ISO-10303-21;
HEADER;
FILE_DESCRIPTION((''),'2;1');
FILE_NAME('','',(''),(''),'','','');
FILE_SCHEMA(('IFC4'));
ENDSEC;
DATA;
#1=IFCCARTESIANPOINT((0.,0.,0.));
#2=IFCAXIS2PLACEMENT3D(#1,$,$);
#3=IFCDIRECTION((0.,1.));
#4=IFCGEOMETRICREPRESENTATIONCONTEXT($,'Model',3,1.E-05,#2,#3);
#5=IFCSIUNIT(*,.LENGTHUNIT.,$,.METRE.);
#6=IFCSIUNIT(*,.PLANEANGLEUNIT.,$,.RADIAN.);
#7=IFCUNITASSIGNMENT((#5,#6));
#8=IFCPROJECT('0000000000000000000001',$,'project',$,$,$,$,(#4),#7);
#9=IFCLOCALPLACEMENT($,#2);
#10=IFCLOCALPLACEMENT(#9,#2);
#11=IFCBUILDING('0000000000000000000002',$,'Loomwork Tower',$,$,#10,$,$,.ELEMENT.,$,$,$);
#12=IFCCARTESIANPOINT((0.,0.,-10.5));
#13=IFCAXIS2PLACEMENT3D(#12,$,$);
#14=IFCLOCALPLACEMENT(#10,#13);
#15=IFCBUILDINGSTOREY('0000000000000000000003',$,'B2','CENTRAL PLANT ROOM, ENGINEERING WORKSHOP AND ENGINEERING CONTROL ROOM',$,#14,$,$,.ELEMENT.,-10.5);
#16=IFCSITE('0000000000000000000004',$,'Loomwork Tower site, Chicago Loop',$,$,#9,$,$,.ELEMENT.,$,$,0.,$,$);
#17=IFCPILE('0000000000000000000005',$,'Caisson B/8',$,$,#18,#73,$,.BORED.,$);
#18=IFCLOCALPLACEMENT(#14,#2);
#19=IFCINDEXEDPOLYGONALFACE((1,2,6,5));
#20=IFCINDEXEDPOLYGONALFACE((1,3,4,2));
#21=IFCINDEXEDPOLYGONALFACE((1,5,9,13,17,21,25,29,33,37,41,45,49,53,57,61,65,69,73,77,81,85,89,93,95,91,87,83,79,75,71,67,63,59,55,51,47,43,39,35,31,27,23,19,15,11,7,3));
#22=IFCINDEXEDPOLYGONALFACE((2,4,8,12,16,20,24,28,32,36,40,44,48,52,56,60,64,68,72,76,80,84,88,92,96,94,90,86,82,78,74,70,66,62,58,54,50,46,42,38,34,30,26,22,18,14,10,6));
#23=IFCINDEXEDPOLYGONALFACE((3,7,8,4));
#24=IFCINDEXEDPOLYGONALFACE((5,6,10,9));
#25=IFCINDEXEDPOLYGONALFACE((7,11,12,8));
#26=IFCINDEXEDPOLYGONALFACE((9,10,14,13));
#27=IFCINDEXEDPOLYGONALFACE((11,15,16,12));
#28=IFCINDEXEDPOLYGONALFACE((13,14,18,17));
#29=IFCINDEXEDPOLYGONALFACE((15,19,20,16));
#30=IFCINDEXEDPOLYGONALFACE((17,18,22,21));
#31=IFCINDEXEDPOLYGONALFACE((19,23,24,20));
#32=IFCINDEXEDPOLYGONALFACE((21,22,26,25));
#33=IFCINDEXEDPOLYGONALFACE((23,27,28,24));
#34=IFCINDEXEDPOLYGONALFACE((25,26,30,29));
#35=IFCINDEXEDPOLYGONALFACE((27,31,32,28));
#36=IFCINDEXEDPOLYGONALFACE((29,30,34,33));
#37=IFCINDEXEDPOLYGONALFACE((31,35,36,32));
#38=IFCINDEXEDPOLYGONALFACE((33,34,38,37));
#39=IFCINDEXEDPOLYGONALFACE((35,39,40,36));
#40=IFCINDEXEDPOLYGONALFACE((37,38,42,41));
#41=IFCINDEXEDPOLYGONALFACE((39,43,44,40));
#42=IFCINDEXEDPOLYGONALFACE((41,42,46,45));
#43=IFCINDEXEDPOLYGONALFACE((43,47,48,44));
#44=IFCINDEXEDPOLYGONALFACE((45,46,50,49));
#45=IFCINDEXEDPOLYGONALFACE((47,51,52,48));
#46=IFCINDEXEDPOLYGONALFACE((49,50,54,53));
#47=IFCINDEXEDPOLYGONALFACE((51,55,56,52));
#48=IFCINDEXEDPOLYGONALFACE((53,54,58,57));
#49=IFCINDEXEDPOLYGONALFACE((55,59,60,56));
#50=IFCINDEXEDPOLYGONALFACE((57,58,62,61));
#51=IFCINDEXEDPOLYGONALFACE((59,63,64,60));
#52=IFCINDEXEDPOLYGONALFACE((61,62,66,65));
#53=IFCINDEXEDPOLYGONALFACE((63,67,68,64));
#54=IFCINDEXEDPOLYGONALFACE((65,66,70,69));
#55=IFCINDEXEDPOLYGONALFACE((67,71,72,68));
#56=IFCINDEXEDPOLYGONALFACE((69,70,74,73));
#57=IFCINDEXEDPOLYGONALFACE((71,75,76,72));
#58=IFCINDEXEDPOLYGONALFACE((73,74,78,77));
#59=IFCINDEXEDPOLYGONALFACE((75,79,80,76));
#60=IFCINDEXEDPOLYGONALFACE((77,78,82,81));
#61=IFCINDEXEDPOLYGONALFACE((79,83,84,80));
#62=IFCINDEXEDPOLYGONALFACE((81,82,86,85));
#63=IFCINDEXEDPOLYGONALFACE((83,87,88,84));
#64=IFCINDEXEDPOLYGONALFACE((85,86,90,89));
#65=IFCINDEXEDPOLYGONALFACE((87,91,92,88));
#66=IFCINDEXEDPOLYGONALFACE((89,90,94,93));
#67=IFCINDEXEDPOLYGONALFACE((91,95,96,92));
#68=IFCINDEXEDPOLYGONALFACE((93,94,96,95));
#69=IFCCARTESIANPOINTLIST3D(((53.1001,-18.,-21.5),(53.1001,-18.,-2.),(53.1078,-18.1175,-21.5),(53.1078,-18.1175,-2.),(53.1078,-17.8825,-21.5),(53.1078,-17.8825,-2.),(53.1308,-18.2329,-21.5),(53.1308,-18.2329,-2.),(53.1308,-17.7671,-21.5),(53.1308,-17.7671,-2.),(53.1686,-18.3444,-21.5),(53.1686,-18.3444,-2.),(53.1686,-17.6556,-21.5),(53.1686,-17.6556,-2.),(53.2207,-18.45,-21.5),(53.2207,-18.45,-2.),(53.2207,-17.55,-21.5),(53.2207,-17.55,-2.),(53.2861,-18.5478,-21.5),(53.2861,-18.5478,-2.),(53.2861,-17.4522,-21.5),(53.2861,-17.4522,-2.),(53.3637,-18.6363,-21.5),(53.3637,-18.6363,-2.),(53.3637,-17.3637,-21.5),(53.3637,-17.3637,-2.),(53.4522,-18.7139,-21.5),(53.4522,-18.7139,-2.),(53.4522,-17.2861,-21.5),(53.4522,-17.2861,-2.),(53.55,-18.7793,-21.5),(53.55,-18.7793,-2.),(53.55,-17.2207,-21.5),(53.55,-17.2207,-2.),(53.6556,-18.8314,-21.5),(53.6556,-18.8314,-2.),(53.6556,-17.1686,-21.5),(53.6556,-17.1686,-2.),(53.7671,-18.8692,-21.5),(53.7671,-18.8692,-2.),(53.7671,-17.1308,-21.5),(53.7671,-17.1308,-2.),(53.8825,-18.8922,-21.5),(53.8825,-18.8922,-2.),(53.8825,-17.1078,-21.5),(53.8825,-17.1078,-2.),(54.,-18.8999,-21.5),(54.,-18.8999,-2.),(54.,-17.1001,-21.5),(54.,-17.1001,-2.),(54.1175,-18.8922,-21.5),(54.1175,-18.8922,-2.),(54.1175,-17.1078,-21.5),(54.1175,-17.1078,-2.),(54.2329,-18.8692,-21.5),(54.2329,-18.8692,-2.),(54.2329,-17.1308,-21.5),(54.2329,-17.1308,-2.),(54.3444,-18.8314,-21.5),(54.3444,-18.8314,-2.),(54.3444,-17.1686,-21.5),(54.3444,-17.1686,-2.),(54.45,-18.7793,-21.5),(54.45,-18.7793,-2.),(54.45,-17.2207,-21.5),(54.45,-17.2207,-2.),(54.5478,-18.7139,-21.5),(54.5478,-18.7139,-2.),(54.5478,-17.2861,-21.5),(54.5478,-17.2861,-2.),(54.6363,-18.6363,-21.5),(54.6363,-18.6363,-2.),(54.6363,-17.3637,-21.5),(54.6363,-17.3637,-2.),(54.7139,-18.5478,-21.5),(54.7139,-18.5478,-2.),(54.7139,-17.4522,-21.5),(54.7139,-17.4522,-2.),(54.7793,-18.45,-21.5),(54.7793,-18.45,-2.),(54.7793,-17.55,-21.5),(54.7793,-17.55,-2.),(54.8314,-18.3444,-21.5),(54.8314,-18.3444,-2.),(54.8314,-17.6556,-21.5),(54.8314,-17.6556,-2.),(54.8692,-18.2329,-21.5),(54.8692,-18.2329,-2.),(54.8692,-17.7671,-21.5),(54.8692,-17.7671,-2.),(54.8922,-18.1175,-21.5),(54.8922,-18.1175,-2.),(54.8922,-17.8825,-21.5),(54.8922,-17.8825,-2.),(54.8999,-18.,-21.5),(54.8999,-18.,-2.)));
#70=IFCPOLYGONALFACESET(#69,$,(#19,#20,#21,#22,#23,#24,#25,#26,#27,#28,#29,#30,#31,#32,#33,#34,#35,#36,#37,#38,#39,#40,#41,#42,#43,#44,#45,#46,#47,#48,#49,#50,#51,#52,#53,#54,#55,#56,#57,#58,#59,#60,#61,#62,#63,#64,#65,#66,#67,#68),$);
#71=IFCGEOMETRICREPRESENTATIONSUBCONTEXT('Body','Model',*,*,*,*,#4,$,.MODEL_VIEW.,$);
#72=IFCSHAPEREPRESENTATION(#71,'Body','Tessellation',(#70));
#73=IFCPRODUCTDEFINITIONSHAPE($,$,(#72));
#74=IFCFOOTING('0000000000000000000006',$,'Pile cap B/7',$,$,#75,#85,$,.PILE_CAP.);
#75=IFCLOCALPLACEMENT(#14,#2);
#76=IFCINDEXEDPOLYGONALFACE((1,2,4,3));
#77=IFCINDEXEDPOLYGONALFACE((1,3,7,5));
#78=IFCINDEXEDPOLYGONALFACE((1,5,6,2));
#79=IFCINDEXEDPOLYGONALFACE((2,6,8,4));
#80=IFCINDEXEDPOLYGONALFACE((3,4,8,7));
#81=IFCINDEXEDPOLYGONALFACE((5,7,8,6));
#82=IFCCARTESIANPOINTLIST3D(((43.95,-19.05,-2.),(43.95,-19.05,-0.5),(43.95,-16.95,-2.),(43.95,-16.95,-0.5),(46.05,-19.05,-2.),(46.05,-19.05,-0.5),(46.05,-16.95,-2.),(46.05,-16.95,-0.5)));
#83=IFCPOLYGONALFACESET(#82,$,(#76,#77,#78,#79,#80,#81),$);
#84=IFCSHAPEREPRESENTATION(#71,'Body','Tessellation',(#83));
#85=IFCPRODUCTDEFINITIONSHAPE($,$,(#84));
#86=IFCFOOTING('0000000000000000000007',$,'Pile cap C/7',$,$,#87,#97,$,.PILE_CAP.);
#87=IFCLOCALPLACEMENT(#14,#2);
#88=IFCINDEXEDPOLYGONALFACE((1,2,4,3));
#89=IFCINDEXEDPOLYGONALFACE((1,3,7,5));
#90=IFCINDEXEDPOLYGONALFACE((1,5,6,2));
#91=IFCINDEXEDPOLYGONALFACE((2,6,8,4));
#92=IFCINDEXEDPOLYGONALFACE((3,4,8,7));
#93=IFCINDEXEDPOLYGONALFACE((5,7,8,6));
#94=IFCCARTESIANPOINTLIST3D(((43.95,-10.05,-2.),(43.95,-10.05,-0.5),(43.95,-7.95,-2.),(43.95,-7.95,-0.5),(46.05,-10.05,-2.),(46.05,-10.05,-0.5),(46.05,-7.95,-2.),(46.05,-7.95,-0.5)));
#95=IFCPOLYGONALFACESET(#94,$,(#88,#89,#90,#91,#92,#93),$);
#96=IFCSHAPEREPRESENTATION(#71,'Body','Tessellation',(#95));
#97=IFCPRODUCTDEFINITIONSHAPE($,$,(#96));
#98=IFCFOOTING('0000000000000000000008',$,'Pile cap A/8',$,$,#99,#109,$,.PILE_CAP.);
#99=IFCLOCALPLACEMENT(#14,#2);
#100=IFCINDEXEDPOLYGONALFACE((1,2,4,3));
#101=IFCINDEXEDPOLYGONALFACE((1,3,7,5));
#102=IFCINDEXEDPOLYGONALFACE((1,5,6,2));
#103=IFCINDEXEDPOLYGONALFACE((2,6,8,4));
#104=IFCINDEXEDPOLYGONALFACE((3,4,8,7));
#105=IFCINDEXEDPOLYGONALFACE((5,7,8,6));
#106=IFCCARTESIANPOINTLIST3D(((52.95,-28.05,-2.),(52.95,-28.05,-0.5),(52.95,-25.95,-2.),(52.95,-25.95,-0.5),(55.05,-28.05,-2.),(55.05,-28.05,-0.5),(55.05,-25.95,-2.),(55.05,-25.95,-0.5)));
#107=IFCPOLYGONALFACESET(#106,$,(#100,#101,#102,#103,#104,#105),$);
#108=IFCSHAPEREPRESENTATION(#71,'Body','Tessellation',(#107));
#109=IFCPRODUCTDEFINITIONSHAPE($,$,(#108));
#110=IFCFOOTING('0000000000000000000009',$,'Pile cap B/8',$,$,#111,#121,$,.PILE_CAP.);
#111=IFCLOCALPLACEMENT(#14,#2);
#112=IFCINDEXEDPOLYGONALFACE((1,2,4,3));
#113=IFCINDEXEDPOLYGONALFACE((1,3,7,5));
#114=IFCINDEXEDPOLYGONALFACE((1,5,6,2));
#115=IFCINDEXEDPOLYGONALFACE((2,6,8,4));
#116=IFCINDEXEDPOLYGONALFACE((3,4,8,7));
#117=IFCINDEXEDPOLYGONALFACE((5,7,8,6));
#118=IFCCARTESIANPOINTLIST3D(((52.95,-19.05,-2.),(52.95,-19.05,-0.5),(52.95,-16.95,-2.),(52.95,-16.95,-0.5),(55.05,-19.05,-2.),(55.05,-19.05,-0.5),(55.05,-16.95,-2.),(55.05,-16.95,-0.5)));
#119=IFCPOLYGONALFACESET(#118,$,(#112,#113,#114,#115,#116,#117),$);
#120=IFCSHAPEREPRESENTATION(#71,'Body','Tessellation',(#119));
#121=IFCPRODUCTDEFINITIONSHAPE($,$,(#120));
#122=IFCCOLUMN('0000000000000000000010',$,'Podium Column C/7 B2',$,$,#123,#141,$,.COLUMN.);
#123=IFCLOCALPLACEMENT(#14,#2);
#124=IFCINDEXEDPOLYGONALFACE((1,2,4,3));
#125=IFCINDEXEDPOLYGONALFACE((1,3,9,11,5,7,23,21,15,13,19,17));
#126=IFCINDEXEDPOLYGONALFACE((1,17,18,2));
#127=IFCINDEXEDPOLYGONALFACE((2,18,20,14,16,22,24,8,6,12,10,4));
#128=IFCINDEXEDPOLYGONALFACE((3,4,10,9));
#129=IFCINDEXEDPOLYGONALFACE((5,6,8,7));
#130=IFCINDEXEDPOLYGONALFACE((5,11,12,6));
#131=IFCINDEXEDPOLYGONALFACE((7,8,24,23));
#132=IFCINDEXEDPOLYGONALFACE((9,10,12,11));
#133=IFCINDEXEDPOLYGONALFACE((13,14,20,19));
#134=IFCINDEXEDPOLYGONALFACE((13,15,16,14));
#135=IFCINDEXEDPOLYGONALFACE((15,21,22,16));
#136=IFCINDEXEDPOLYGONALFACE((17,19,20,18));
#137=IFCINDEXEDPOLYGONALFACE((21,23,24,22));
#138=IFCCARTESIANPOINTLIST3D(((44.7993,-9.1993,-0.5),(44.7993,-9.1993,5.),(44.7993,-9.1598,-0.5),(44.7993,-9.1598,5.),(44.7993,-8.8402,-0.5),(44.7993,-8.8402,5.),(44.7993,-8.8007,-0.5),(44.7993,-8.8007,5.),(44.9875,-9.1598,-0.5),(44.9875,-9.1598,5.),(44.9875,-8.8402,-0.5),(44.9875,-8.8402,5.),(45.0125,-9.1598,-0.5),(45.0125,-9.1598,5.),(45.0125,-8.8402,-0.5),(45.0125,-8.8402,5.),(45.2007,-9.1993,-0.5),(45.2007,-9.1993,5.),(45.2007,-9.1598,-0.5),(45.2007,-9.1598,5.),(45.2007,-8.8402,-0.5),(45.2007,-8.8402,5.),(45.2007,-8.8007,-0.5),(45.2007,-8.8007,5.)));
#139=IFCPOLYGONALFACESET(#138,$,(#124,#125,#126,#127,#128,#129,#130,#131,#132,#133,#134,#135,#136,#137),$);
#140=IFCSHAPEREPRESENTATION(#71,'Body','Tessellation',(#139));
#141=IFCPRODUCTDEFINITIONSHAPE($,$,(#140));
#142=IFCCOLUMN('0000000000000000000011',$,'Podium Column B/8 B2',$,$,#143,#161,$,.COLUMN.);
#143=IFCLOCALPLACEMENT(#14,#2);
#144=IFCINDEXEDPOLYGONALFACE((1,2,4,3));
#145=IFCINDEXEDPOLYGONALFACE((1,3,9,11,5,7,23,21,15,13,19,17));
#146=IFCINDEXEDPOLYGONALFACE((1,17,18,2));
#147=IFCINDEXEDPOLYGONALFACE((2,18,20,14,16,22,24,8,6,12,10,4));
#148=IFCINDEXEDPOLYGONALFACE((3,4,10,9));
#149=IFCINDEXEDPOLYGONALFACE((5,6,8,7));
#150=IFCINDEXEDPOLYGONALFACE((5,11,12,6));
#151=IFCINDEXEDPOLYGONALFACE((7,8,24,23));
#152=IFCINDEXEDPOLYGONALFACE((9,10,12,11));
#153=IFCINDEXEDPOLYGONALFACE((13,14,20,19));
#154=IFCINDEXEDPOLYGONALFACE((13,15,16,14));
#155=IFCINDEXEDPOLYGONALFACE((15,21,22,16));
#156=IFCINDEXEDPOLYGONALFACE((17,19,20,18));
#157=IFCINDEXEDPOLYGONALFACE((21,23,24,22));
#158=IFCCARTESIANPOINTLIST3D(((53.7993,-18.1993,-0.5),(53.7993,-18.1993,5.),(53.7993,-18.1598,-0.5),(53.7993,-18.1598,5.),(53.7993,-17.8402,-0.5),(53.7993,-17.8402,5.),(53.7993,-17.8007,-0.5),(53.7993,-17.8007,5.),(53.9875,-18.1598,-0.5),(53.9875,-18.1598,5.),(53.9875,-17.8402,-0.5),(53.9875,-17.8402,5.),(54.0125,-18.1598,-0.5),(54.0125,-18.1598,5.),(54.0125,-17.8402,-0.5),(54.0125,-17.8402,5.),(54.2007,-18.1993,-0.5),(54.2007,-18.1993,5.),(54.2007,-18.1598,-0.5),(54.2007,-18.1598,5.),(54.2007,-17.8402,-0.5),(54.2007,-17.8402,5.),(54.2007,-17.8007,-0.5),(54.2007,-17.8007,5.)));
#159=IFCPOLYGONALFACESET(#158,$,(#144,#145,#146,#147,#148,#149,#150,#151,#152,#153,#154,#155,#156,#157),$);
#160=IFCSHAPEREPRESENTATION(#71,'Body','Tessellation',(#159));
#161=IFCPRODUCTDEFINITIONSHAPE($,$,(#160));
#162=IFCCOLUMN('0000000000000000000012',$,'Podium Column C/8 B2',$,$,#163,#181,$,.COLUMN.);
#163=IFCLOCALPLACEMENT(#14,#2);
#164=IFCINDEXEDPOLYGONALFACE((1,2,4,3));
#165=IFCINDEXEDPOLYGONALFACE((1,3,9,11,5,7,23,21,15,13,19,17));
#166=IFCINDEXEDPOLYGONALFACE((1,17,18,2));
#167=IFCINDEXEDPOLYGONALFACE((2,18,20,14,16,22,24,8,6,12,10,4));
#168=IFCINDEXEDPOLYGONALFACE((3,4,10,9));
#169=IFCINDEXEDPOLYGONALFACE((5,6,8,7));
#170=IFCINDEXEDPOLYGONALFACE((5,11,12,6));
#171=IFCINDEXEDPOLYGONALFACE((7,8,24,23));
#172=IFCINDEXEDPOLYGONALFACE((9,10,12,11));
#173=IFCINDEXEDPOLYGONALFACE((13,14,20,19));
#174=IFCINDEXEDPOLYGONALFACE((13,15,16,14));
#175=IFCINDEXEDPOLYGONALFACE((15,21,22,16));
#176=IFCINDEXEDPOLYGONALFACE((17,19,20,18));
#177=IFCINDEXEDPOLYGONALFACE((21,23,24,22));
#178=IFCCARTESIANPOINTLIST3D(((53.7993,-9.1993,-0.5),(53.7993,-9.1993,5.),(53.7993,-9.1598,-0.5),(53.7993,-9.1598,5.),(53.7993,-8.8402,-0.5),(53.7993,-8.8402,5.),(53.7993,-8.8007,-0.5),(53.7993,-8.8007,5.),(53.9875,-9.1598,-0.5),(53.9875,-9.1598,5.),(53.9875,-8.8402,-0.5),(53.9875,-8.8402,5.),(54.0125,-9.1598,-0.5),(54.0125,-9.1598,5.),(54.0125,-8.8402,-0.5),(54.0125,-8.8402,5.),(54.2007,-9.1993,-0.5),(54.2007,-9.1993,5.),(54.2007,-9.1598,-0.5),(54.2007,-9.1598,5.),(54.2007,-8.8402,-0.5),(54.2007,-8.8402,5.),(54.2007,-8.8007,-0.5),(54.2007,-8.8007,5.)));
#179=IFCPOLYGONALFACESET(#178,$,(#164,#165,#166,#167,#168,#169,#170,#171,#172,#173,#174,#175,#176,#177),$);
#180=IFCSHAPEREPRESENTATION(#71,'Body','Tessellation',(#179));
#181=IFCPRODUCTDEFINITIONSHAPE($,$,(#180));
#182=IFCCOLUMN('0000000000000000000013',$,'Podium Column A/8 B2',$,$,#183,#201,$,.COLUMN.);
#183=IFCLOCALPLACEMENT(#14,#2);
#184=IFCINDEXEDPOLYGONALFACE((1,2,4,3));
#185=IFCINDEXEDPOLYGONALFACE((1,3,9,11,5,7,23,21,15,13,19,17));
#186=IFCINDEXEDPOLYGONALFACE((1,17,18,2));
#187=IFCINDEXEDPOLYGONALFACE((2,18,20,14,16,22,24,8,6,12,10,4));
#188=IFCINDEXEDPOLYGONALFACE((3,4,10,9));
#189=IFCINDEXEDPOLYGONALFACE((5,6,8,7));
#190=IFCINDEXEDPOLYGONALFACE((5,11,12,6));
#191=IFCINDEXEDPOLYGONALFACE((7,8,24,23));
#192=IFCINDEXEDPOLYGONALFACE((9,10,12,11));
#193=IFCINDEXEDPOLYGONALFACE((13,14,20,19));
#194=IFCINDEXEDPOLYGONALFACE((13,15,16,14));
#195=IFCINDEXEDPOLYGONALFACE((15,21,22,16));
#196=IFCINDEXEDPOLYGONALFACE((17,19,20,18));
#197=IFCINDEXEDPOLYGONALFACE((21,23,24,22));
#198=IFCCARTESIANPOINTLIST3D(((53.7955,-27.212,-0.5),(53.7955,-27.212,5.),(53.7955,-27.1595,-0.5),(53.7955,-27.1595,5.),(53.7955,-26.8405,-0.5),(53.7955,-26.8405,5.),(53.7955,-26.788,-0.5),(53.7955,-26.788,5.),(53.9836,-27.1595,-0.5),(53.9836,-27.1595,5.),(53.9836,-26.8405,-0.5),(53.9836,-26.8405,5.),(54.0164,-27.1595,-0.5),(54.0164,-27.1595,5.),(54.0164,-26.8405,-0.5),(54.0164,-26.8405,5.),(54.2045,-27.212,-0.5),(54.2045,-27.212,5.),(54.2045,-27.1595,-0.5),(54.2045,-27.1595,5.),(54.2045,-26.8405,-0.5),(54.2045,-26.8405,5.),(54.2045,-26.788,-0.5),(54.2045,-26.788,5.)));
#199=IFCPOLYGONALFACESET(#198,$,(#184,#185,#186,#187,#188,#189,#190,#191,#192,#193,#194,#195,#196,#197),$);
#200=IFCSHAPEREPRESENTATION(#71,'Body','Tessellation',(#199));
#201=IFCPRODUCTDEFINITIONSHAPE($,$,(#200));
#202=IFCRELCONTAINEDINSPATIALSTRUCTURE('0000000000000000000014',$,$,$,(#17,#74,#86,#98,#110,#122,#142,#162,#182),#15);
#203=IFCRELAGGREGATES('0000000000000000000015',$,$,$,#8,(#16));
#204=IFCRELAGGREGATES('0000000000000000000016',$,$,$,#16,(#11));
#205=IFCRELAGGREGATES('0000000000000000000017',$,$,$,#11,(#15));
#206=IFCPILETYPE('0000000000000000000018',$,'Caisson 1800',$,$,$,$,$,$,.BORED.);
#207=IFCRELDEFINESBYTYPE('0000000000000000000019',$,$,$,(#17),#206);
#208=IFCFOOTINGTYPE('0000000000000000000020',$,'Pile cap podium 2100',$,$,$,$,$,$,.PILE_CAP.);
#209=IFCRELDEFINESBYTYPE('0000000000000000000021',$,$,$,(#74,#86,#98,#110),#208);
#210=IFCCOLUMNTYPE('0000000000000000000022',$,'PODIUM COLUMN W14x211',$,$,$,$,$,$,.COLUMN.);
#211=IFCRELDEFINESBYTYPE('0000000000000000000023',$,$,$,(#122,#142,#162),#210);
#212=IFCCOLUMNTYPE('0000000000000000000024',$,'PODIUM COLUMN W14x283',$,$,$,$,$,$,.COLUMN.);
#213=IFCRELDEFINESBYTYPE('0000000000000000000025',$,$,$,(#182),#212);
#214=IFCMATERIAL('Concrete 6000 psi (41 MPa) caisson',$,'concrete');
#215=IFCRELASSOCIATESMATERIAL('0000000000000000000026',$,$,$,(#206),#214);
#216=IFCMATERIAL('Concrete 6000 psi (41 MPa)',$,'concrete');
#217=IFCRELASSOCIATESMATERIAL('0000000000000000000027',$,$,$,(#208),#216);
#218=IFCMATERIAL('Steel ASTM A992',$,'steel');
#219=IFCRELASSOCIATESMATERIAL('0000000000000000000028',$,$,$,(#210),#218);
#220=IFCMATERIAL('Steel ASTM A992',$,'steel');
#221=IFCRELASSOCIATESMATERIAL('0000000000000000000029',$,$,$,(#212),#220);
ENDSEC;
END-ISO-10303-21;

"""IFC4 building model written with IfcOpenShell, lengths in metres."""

from ifc_helpers import new_model, si_unit, direction, frame, origin, origin_2d, place, context, subcontext, project, spatial, rectangle, circle, i_section, extrude, material, material_profile, profile_set, type_object, element, save


model = new_model("IFC4")

# Units and contexts
model_context = context("Model", 3, precision=1e-05, world=origin(), true_north=direction((0.0, 1.0)))
body_context = subcontext(model_context, "Body", "Model", "MODEL_VIEW")
ifc_project = project(units=[si_unit("LENGTHUNIT", "METRE"), si_unit("PLANEANGLEUNIT", "RADIAN")], contexts=[model_context])

# Site, building, storey
site_placement = place(None, origin())
site = spatial("IfcSite", under=ifc_project, at=site_placement, Name="Loomwork Tower site, Chicago Loop", CompositionType="ELEMENT", RefElevation=0.0)
building_placement = place(site_placement, origin())
building = spatial("IfcBuilding", under=site, at=building_placement, Name="Loomwork Tower", CompositionType="ELEMENT")
storey_placement = place(building_placement, frame((0.0, 0.0, -10.5)))
storey = spatial("IfcBuildingStorey", under=building, at=storey_placement, Name="B2", Description="CENTRAL PLANT ROOM, ENGINEERING WORKSHOP AND ENGINEERING CONTROL ROOM", CompositionType="ELEMENT", Elevation=-10.5)

# Pile
ifc_material_1 = material(Name="Concrete 6000 psi (41 MPa) caisson", Category="concrete")
ifc_material_profile_1 = material_profile(ifc_material_1, circle(Radius=0.8999, at=origin_2d()), Name="D1800")
ifc_profile_set_1 = profile_set([ifc_material_profile_1], Name="Concrete 6000 psi (41 MPa) caisson")
pile_type = type_object("IfcPileType", Name="Caisson 1800", PredefinedType="BORED", material=ifc_profile_set_1)
for number, where, z_axis, x_axis, name in (
    (1, (54.0, -18.0, -2.0), (0.0, 0.0, -1.0), (1.0, 0.0, 0.0), "Caisson B/8"),
):
    element("IfcPile", number, at=place(storey_placement, frame(where, z_axis=z_axis, x_axis=x_axis)), inside=storey, type_object=pile_type, Name=name, PredefinedType="BORED", context=body_context, shape_type="SweptSolid", body=[
        extrude(circle(Radius=0.8999, at=origin_2d()), origin(), (0.0, 0.0, 1.0), 19.5),
    ])

# Footings
ifc_material_2 = material(Name="Concrete 6000 psi (41 MPa)", Category="concrete")
footing_type = type_object("IfcFootingType", Name="Pile cap podium 2100", PredefinedType="PILE_CAP", material=ifc_material_2)
for number, where, z_axis, x_axis, name in (
    (2, (45.0, -18.0, -2.0), (0.0, 0.0, 1.0), (1.0, 0.0, 0.0), "Pile cap B/7"),
    (3, (45.0, -9.0, -2.0), (0.0, 0.0, 1.0), (1.0, 0.0, 0.0), "Pile cap C/7"),
    (4, (54.0, -27.0, -2.0), (0.0, 0.0, 1.0), (1.0, 0.0, 0.0), "Pile cap A/8"),
    (5, (54.0, -18.0, -2.0), (0.0, 0.0, 1.0), (1.0, 0.0, 0.0), "Pile cap B/8"),
):
    element("IfcFooting", number, at=place(storey_placement, frame(where, z_axis=z_axis, x_axis=x_axis)), inside=storey, type_object=footing_type, Name=name, PredefinedType="PILE_CAP", context=body_context, shape_type="SweptSolid", body=[
        extrude(rectangle(XDim=2.1001, YDim=2.1001, at=origin_2d()), origin(), (0.0, 0.0, 1.0), 1.5),
    ])

# Columns
ifc_material_3 = material(Name="Steel ASTM A992", Category="steel")
ifc_material_profile_2 = material_profile(ifc_material_3, i_section(OverallWidth=0.4014, OverallDepth=0.3987, WebThickness=0.0249, FlangeThickness=0.0396, at=origin_2d()), Name="W14x211")
ifc_profile_set_2 = profile_set([ifc_material_profile_2], Name="Steel ASTM A992")
column_type_1 = type_object("IfcColumnType", Name="PODIUM COLUMN W14x211", PredefinedType="COLUMN", material=ifc_profile_set_2)
for number, where, z_axis, x_axis, name in (
    (6, (45.0, -9.0, -0.5), (0.0, 0.0, 1.0), (1.0, 0.0, 0.0), "Podium Column C/7 B2"),
    (7, (54.0, -18.0, -0.5), (0.0, 0.0, 1.0), (1.0, 0.0, 0.0), "Podium Column B/8 B2"),
    (8, (54.0, -9.0, -0.5), (0.0, 0.0, 1.0), (1.0, 0.0, 0.0), "Podium Column C/8 B2"),
):
    element("IfcColumn", number, at=place(storey_placement, frame(where, z_axis=z_axis, x_axis=x_axis)), inside=storey, type_object=column_type_1, Name=name, PredefinedType="COLUMN", context=body_context, shape_type="SweptSolid", body=[
        extrude(i_section(OverallWidth=0.4014, OverallDepth=0.3987, WebThickness=0.0249, FlangeThickness=0.0396, at=origin_2d()), origin(), (0.0, 0.0, 1.0), 5.5),
    ])
ifc_material_4 = material(Name="Steel ASTM A992", Category="steel")
ifc_material_profile_3 = material_profile(ifc_material_4, i_section(OverallWidth=0.4089, OverallDepth=0.4241, WebThickness=0.0327, FlangeThickness=0.0525, at=origin_2d()), Name="W14x283")
ifc_profile_set_3 = profile_set([ifc_material_profile_3], Name="Steel ASTM A992")
column_type_2 = type_object("IfcColumnType", Name="PODIUM COLUMN W14x283", PredefinedType="COLUMN", material=ifc_profile_set_3)
column_placement = place(storey_placement, frame((54.0, -27.0, -0.5), z_axis=(0.0, 0.0, 1.0), x_axis=(1.0, 0.0, 0.0)))
element("IfcColumn", 9, at=column_placement, inside=storey, type_object=column_type_2, Name="Podium Column A/8 B2", PredefinedType="COLUMN", context=body_context, shape_type="SweptSolid", body=[
    extrude(i_section(OverallWidth=0.4089, OverallDepth=0.4241, WebThickness=0.0327, FlangeThickness=0.0525, at=origin_2d()), origin(), (0.0, 0.0, 1.0), 5.5),
])

save(model, "model.ifc")
